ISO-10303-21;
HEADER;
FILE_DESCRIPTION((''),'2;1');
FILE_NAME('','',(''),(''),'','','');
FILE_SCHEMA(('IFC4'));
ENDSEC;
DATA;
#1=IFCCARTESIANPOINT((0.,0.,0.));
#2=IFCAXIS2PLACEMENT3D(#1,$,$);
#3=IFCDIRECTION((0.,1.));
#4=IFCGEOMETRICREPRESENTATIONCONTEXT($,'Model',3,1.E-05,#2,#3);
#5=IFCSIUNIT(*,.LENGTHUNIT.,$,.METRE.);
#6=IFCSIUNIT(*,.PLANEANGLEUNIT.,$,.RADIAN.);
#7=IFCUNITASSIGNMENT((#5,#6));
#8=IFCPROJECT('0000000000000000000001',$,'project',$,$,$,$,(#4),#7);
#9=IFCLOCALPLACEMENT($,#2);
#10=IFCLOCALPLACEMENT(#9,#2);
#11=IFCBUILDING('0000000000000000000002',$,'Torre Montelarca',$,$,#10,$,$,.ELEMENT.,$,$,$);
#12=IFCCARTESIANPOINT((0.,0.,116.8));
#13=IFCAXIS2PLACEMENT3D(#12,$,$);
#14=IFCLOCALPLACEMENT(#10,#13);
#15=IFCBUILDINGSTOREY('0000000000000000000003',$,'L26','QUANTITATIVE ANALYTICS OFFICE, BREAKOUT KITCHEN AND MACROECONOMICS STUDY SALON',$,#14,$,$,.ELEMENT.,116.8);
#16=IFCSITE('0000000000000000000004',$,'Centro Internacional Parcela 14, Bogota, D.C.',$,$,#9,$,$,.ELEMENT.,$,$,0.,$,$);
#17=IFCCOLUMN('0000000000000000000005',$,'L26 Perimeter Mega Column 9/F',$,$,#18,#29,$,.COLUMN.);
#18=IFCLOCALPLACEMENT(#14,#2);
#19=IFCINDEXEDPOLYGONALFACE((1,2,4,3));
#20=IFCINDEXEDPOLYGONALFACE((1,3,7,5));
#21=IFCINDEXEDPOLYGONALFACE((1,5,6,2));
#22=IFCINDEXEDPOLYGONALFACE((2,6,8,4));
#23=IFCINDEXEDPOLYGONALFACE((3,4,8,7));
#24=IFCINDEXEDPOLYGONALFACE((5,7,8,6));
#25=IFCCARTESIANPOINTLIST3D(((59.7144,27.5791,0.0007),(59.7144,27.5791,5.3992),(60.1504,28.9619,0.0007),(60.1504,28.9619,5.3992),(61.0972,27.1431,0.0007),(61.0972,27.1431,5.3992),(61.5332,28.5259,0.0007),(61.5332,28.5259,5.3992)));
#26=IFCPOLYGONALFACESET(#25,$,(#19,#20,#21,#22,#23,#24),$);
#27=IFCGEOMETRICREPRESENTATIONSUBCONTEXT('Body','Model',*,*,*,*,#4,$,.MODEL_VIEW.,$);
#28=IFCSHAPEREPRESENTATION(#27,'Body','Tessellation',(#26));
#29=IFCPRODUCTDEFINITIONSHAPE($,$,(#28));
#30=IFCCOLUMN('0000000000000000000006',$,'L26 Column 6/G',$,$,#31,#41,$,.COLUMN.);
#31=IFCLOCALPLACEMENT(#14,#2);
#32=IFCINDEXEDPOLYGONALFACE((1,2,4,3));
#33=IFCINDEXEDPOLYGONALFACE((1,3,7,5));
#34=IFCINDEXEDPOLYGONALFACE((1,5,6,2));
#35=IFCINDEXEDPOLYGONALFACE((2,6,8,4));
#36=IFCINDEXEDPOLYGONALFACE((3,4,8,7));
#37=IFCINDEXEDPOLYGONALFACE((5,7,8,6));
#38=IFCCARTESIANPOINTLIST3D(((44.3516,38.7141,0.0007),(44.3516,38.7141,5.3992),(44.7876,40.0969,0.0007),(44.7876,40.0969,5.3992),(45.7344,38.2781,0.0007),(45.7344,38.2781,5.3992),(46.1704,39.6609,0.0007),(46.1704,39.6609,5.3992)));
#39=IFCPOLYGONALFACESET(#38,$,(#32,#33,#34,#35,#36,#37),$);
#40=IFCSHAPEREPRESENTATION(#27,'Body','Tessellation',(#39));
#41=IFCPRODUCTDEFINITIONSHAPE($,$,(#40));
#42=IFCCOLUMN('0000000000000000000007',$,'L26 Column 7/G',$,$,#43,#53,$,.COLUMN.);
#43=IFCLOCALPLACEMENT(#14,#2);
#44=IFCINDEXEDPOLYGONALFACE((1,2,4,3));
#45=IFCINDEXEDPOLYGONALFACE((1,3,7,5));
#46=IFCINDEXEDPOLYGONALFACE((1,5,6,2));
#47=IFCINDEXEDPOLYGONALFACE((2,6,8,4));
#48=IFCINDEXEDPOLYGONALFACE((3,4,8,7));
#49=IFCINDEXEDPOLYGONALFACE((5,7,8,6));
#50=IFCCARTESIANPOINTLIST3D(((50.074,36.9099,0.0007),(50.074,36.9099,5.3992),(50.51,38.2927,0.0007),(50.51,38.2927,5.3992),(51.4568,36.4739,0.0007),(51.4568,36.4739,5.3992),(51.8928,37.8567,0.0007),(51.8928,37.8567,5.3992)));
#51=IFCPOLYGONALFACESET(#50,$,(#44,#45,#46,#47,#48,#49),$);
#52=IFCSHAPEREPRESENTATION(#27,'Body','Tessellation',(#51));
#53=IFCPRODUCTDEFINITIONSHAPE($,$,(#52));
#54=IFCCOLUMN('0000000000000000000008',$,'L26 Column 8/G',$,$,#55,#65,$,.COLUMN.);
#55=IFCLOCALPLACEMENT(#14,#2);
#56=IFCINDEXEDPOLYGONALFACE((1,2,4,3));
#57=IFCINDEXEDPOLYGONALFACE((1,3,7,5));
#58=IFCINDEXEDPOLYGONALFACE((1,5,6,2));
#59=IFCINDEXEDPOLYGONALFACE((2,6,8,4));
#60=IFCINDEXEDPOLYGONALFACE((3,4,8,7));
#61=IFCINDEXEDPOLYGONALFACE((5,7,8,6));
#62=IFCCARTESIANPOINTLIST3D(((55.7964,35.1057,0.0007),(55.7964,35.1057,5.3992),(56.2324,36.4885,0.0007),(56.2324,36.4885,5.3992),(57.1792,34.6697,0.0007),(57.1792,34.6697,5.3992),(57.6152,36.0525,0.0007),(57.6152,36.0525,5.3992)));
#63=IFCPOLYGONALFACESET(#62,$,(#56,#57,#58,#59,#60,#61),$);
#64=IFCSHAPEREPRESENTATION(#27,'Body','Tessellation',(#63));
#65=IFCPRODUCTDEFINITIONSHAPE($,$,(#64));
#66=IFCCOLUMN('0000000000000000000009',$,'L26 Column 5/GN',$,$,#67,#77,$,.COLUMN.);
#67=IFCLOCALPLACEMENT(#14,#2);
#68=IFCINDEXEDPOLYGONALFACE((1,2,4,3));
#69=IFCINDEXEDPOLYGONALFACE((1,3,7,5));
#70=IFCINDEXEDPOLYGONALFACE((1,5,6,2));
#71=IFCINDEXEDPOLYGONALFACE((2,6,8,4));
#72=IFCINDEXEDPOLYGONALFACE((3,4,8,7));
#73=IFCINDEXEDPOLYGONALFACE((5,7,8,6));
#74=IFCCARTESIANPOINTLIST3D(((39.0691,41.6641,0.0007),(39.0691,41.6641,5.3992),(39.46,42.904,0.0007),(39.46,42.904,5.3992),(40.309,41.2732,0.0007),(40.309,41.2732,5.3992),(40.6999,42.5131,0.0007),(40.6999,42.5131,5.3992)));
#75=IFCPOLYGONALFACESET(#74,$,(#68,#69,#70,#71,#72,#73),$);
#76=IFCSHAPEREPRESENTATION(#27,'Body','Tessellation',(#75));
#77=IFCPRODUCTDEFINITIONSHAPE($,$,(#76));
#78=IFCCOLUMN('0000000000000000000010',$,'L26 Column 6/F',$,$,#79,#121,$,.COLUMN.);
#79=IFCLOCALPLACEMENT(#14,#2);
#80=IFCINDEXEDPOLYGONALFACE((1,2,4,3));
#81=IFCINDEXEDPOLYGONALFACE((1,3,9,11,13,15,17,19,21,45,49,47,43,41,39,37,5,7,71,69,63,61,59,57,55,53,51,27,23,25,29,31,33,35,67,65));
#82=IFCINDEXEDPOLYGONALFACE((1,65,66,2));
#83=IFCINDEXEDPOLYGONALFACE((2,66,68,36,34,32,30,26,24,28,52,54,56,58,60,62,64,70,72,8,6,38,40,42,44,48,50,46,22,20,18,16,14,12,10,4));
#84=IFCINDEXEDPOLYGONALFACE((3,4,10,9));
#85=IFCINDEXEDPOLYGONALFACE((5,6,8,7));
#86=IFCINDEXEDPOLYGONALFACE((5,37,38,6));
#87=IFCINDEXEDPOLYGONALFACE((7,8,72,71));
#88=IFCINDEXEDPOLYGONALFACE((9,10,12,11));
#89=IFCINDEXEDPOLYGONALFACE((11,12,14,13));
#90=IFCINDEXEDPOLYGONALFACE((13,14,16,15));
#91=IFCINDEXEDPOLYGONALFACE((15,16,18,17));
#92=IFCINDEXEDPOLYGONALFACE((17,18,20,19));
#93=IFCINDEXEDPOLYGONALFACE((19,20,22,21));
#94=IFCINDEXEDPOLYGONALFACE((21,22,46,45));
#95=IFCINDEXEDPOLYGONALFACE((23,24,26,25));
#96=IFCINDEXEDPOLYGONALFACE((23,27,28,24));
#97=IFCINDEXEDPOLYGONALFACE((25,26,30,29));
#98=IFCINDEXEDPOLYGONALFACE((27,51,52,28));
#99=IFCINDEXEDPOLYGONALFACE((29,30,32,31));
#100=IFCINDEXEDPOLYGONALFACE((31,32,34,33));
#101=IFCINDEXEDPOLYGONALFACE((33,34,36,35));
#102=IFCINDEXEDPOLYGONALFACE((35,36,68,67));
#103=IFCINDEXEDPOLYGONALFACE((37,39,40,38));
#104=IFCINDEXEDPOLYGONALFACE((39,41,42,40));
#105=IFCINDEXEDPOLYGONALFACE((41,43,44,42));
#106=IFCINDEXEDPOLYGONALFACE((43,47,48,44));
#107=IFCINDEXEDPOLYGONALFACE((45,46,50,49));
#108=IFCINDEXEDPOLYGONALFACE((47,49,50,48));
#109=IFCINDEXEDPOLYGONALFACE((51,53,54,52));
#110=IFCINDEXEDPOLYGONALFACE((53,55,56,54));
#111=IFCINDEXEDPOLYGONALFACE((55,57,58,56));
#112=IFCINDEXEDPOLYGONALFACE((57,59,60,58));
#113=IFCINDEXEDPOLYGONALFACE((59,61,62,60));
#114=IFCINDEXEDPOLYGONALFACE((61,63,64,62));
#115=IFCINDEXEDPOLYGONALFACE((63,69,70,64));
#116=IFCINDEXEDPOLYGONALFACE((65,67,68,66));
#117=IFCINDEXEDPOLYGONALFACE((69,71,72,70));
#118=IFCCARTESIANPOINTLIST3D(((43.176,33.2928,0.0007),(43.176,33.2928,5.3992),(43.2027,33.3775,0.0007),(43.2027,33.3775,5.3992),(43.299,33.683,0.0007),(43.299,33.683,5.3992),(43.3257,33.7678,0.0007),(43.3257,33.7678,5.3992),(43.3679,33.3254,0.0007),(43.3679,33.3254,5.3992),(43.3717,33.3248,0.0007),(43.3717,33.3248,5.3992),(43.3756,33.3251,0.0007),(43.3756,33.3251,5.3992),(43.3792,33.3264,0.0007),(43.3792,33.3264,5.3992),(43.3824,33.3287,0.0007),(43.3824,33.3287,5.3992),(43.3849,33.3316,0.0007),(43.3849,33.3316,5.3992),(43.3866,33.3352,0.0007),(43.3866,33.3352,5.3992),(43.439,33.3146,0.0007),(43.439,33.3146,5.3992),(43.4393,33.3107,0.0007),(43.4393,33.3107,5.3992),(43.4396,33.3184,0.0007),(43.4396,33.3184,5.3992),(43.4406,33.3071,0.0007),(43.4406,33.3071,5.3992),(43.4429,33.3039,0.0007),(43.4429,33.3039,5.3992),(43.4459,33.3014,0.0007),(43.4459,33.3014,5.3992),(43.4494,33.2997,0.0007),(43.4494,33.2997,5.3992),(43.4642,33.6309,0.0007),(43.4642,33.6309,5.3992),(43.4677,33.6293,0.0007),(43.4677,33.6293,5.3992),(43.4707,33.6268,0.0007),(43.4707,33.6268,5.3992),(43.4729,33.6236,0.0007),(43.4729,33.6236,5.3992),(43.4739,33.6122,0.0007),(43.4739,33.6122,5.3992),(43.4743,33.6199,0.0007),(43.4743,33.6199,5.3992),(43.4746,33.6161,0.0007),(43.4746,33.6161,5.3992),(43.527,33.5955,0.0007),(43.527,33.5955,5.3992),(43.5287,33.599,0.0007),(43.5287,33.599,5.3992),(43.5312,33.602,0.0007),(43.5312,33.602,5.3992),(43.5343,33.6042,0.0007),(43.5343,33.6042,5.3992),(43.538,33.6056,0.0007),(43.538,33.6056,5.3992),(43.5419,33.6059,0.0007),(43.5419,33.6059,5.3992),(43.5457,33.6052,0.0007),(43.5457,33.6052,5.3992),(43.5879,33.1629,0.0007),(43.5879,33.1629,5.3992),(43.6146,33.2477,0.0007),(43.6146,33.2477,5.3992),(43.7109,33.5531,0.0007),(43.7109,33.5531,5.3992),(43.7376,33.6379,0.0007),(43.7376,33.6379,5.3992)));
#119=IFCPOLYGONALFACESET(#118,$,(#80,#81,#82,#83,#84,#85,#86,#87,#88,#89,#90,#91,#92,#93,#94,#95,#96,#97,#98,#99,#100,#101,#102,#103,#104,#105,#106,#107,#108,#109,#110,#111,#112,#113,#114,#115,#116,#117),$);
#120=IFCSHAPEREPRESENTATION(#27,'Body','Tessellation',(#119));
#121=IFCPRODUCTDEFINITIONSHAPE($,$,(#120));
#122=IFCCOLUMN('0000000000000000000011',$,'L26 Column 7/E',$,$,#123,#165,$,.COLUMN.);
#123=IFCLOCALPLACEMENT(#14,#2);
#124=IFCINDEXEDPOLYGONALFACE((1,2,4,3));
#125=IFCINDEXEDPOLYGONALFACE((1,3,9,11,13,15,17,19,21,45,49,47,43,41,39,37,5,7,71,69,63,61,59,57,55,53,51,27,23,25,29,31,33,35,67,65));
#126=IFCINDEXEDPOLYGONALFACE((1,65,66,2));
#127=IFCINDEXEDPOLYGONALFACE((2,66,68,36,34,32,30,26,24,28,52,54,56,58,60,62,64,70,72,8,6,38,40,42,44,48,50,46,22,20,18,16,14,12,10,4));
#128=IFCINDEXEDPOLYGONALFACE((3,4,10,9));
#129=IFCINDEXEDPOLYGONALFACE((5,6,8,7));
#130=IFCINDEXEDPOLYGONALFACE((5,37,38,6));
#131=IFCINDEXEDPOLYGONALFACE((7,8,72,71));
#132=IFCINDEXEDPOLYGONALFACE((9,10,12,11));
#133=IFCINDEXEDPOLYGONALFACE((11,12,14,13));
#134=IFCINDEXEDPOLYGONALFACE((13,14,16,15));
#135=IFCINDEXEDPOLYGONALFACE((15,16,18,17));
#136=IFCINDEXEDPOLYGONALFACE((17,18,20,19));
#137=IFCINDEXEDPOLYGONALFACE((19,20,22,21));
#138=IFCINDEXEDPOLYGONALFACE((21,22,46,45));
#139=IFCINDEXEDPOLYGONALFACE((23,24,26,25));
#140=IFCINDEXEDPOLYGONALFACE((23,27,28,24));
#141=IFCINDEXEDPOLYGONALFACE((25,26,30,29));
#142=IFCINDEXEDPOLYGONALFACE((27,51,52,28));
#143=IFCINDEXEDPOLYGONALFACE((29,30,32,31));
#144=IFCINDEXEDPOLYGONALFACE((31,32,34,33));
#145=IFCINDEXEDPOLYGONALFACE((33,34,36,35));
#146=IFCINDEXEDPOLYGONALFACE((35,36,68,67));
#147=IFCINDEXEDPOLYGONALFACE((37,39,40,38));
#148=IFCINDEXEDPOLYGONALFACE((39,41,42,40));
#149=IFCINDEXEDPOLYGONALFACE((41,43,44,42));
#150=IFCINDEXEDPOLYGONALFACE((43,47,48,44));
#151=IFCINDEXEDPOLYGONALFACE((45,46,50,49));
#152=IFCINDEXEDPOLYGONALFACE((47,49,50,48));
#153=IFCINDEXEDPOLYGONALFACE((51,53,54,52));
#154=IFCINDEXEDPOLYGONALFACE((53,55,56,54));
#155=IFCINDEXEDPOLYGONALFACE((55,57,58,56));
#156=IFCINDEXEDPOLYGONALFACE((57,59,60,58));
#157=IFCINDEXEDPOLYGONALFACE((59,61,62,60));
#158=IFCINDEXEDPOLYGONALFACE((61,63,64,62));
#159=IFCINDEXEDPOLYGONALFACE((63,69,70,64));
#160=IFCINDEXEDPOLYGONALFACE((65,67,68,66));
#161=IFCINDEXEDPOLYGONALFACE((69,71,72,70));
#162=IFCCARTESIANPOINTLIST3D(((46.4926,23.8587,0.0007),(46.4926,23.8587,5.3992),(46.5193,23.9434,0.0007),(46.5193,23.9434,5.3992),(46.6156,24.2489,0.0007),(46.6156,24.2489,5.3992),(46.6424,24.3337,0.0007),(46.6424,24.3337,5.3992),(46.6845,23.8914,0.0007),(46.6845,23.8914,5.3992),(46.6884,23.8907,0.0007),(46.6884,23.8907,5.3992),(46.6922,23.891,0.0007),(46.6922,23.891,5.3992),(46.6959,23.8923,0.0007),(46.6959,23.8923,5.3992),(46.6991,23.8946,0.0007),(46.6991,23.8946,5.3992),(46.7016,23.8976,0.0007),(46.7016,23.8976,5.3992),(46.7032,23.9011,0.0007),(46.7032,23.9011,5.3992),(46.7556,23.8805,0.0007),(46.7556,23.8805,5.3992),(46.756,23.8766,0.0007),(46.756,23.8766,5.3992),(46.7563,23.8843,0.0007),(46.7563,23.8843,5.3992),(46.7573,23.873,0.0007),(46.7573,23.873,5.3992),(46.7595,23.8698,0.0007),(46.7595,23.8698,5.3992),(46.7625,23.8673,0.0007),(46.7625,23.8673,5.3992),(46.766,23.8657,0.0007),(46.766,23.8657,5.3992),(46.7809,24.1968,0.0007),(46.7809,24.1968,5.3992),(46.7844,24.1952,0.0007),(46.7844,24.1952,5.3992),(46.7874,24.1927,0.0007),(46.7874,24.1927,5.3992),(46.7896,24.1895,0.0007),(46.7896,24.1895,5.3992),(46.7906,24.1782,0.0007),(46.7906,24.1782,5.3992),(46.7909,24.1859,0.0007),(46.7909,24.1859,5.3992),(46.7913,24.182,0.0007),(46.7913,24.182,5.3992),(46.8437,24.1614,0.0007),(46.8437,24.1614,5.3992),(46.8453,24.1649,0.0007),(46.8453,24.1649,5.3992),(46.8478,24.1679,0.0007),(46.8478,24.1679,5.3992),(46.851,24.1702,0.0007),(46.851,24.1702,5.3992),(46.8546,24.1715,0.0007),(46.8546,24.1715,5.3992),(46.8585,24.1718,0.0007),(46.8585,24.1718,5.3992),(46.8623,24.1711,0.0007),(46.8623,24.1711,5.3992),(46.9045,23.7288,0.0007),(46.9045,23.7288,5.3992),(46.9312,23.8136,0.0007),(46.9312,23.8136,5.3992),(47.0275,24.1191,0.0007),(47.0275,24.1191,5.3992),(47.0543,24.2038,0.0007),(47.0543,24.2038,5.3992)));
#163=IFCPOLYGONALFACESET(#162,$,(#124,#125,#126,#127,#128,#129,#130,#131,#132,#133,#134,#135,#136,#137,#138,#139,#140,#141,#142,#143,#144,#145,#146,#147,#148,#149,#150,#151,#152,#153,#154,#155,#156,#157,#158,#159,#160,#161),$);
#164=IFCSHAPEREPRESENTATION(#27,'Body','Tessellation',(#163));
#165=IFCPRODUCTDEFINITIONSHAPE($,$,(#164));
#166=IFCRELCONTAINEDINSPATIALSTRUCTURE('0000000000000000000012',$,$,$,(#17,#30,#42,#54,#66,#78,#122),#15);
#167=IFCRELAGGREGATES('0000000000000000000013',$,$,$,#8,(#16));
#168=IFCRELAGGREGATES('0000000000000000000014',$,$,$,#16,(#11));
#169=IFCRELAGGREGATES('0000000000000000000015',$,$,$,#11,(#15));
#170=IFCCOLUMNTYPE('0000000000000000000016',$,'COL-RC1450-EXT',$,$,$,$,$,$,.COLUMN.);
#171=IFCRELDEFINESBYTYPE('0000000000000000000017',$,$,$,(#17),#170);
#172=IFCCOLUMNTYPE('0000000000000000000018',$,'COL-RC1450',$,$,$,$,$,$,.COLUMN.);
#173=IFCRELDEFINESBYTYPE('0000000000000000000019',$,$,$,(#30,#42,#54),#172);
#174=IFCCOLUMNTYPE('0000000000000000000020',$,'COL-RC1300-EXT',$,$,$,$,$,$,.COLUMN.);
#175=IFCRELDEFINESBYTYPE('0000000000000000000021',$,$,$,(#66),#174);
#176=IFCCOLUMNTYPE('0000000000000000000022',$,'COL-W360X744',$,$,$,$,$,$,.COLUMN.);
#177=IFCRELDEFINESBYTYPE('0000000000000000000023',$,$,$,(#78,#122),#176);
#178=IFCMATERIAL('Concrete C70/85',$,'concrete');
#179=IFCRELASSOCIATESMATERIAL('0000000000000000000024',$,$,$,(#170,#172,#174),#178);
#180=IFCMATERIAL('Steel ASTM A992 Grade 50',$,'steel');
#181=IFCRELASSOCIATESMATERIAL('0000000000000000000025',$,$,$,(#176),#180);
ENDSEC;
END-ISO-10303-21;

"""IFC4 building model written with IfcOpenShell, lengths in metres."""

from ifc_helpers import new_model, si_unit, direction, frame, origin, origin_2d, place, context, subcontext, project, spatial, rectangle, i_section, extrude, source, transform, mapped, material, material_profile, profile_set, type_object, element, save


model = new_model("IFC4")

# Units and contexts
model_context = context("Model", 3, precision=1e-05, world=origin(), true_north=direction((0.0, 1.0)))
body_context = subcontext(model_context, "Body", "Model", "MODEL_VIEW")
ifc_project = project(units=[si_unit("LENGTHUNIT", "METRE"), si_unit("PLANEANGLEUNIT", "RADIAN")], contexts=[model_context])

# Site, building, storey
site_placement = place(None, origin())
site = spatial("IfcSite", under=ifc_project, at=site_placement, Name="Centro Internacional Parcela 14, Bogota, D.C.", CompositionType="ELEMENT", RefElevation=0.0)
building_placement = place(site_placement, origin())
building = spatial("IfcBuilding", under=site, at=building_placement, Name="Torre Montelarca", CompositionType="ELEMENT")
storey_placement = place(building_placement, frame((0.0, 0.0, 116.8)))
storey = spatial("IfcBuildingStorey", under=building, at=storey_placement, Name="L26", Description="QUANTITATIVE ANALYTICS OFFICE, BREAKOUT KITCHEN AND MACROECONOMICS STUDY SALON", CompositionType="ELEMENT", Elevation=116.8)

# Columns
ifc_material_1 = material(Name="Concrete C70/85", Category="concrete")
ifc_material_profile_1 = material_profile(ifc_material_1, rectangle(XDim=1.45, YDim=1.45, at=origin_2d()), Name="RC1450X1450", Category="concrete")
ifc_profile_set_1 = profile_set([ifc_material_profile_1], Name="Concrete C70/85")
column_type_1 = type_object("IfcColumnType", Name="COL-RC1450-EXT", PredefinedType="COLUMN", material=ifc_profile_set_1)
shared_shape_1 = source(origin(), body_context, "Body", "SweptSolid", [
    extrude(rectangle(XDim=1.45, YDim=1.45, at=origin_2d()), origin(), (0.0, 0.0, 1.0), 5.3984),
])
column_1_placement = place(storey_placement, frame((60.6238, 28.0525, 0.0007), z_axis=(0.0, 0.0, 1.0), x_axis=(-0.953717, 0.300706, 0.0)))
element("IfcColumn", 1, at=column_1_placement, inside=storey, type_object=column_type_1, Name="L26 Perimeter Mega Column 9/F", PredefinedType="COLUMN", context=body_context, shape_type="MappedRepresentation", body=[
    mapped(shared_shape_1, transform((0.0, 0.0, 0.0), scale=1.0)),
])
ifc_material_profile_2 = material_profile(ifc_material_1, rectangle(XDim=1.45, YDim=1.45, at=origin_2d()), Name="RC1450X1450", Category="concrete")
ifc_profile_set_2 = profile_set([ifc_material_profile_2], Name="Concrete C70/85")
column_type_2 = type_object("IfcColumnType", Name="COL-RC1450", PredefinedType="COLUMN", material=ifc_profile_set_2)
shared_shape_2 = source(origin(), body_context, "Body", "SweptSolid", [
    extrude(rectangle(XDim=1.45, YDim=1.45, at=origin_2d()), origin(), (0.0, 0.0, 1.0), 5.3984),
])
for number, where, z_axis, x_axis, name in (
    (2, (45.261, 39.1875, 0.0007), (0.0, 0.0, 1.0), (-0.953717, 0.300706, 0.0), "L26 Column 6/G"),
    (3, (50.9834, 37.3833, 0.0007), (0.0, 0.0, 1.0), (-0.953717, 0.300706, 0.0), "L26 Column 7/G"),
    (4, (56.7058, 35.5791, 0.0007), (0.0, 0.0, 1.0), (-0.953717, 0.300706, 0.0), "L26 Column 8/G"),
):
    element("IfcColumn", number, at=place(storey_placement, frame(where, z_axis=z_axis, x_axis=x_axis)), inside=storey, type_object=column_type_2, Name=name, PredefinedType="COLUMN", context=body_context, shape_type="MappedRepresentation", body=[
        mapped(shared_shape_2, transform((0.0, 0.0, 0.0), scale=1.0)),
    ])
ifc_material_profile_3 = material_profile(ifc_material_1, rectangle(XDim=1.3, YDim=1.3, at=origin_2d()), Name="RC1300X1300", Category="concrete")
ifc_profile_set_3 = profile_set([ifc_material_profile_3], Name="Concrete C70/85")
column_type_3 = type_object("IfcColumnType", Name="COL-RC1300-EXT", PredefinedType="COLUMN", material=ifc_profile_set_3)
shared_shape_3 = source(origin(), body_context, "Body", "SweptSolid", [
    extrude(rectangle(XDim=1.3, YDim=1.3, at=origin_2d()), origin(), (0.0, 0.0, 1.0), 5.3984),
])
column_2_placement = place(storey_placement, frame((39.8845, 42.0886, 0.0007), z_axis=(0.0, 0.0, 1.0), x_axis=(-0.953717, 0.300706, 0.0)))
element("IfcColumn", 5, at=column_2_placement, inside=storey, type_object=column_type_3, Name="L26 Column 5/GN", PredefinedType="COLUMN", context=body_context, shape_type="MappedRepresentation", body=[
    mapped(shared_shape_3, transform((0.0, 0.0, 0.0), scale=1.0)),
])
ifc_material_2 = material(Name="Steel ASTM A992 Grade 50", Category="steel")
ifc_material_profile_4 = material_profile(ifc_material_2, i_section(OverallWidth=0.4319, OverallDepth=0.498, WebThickness=0.0557, FlangeThickness=0.0889, FilletRadius=0.0149, at=origin_2d()), Name="W360X744", Category="steel")
ifc_profile_set_4 = profile_set([ifc_material_profile_4], Name="Steel ASTM A992 Grade 50")
column_type_4 = type_object("IfcColumnType", Name="COL-W360X744", PredefinedType="COLUMN", material=ifc_profile_set_4)
shared_shape_4 = source(origin(), body_context, "Body", "SweptSolid", [
    extrude(i_section(OverallWidth=0.4319, OverallDepth=0.498, WebThickness=0.0557, FlangeThickness=0.0889, FilletRadius=0.0149, at=origin_2d()), origin(), (0.0, 0.0, 1.0), 5.3984),
])
for number, where, z_axis, x_axis, name in (
    (6, (43.4568, 33.4653, 0.0007), (0.0, 0.0, 1.0), (-0.953717, 0.300706, 0.0), "L26 Column 6/F"),
    (7, (46.7734, 24.0312, 0.0007), (0.0, 0.0, 1.0), (-0.953717, 0.300706, 0.0), "L26 Column 7/E"),
):
    element("IfcColumn", number, at=place(storey_placement, frame(where, z_axis=z_axis, x_axis=x_axis)), inside=storey, type_object=column_type_4, Name=name, PredefinedType="COLUMN", context=body_context, shape_type="MappedRepresentation", body=[
        mapped(shared_shape_4, transform((0.0, 0.0, 0.0), scale=1.0)),
    ])

save(model, "model.ifc")
